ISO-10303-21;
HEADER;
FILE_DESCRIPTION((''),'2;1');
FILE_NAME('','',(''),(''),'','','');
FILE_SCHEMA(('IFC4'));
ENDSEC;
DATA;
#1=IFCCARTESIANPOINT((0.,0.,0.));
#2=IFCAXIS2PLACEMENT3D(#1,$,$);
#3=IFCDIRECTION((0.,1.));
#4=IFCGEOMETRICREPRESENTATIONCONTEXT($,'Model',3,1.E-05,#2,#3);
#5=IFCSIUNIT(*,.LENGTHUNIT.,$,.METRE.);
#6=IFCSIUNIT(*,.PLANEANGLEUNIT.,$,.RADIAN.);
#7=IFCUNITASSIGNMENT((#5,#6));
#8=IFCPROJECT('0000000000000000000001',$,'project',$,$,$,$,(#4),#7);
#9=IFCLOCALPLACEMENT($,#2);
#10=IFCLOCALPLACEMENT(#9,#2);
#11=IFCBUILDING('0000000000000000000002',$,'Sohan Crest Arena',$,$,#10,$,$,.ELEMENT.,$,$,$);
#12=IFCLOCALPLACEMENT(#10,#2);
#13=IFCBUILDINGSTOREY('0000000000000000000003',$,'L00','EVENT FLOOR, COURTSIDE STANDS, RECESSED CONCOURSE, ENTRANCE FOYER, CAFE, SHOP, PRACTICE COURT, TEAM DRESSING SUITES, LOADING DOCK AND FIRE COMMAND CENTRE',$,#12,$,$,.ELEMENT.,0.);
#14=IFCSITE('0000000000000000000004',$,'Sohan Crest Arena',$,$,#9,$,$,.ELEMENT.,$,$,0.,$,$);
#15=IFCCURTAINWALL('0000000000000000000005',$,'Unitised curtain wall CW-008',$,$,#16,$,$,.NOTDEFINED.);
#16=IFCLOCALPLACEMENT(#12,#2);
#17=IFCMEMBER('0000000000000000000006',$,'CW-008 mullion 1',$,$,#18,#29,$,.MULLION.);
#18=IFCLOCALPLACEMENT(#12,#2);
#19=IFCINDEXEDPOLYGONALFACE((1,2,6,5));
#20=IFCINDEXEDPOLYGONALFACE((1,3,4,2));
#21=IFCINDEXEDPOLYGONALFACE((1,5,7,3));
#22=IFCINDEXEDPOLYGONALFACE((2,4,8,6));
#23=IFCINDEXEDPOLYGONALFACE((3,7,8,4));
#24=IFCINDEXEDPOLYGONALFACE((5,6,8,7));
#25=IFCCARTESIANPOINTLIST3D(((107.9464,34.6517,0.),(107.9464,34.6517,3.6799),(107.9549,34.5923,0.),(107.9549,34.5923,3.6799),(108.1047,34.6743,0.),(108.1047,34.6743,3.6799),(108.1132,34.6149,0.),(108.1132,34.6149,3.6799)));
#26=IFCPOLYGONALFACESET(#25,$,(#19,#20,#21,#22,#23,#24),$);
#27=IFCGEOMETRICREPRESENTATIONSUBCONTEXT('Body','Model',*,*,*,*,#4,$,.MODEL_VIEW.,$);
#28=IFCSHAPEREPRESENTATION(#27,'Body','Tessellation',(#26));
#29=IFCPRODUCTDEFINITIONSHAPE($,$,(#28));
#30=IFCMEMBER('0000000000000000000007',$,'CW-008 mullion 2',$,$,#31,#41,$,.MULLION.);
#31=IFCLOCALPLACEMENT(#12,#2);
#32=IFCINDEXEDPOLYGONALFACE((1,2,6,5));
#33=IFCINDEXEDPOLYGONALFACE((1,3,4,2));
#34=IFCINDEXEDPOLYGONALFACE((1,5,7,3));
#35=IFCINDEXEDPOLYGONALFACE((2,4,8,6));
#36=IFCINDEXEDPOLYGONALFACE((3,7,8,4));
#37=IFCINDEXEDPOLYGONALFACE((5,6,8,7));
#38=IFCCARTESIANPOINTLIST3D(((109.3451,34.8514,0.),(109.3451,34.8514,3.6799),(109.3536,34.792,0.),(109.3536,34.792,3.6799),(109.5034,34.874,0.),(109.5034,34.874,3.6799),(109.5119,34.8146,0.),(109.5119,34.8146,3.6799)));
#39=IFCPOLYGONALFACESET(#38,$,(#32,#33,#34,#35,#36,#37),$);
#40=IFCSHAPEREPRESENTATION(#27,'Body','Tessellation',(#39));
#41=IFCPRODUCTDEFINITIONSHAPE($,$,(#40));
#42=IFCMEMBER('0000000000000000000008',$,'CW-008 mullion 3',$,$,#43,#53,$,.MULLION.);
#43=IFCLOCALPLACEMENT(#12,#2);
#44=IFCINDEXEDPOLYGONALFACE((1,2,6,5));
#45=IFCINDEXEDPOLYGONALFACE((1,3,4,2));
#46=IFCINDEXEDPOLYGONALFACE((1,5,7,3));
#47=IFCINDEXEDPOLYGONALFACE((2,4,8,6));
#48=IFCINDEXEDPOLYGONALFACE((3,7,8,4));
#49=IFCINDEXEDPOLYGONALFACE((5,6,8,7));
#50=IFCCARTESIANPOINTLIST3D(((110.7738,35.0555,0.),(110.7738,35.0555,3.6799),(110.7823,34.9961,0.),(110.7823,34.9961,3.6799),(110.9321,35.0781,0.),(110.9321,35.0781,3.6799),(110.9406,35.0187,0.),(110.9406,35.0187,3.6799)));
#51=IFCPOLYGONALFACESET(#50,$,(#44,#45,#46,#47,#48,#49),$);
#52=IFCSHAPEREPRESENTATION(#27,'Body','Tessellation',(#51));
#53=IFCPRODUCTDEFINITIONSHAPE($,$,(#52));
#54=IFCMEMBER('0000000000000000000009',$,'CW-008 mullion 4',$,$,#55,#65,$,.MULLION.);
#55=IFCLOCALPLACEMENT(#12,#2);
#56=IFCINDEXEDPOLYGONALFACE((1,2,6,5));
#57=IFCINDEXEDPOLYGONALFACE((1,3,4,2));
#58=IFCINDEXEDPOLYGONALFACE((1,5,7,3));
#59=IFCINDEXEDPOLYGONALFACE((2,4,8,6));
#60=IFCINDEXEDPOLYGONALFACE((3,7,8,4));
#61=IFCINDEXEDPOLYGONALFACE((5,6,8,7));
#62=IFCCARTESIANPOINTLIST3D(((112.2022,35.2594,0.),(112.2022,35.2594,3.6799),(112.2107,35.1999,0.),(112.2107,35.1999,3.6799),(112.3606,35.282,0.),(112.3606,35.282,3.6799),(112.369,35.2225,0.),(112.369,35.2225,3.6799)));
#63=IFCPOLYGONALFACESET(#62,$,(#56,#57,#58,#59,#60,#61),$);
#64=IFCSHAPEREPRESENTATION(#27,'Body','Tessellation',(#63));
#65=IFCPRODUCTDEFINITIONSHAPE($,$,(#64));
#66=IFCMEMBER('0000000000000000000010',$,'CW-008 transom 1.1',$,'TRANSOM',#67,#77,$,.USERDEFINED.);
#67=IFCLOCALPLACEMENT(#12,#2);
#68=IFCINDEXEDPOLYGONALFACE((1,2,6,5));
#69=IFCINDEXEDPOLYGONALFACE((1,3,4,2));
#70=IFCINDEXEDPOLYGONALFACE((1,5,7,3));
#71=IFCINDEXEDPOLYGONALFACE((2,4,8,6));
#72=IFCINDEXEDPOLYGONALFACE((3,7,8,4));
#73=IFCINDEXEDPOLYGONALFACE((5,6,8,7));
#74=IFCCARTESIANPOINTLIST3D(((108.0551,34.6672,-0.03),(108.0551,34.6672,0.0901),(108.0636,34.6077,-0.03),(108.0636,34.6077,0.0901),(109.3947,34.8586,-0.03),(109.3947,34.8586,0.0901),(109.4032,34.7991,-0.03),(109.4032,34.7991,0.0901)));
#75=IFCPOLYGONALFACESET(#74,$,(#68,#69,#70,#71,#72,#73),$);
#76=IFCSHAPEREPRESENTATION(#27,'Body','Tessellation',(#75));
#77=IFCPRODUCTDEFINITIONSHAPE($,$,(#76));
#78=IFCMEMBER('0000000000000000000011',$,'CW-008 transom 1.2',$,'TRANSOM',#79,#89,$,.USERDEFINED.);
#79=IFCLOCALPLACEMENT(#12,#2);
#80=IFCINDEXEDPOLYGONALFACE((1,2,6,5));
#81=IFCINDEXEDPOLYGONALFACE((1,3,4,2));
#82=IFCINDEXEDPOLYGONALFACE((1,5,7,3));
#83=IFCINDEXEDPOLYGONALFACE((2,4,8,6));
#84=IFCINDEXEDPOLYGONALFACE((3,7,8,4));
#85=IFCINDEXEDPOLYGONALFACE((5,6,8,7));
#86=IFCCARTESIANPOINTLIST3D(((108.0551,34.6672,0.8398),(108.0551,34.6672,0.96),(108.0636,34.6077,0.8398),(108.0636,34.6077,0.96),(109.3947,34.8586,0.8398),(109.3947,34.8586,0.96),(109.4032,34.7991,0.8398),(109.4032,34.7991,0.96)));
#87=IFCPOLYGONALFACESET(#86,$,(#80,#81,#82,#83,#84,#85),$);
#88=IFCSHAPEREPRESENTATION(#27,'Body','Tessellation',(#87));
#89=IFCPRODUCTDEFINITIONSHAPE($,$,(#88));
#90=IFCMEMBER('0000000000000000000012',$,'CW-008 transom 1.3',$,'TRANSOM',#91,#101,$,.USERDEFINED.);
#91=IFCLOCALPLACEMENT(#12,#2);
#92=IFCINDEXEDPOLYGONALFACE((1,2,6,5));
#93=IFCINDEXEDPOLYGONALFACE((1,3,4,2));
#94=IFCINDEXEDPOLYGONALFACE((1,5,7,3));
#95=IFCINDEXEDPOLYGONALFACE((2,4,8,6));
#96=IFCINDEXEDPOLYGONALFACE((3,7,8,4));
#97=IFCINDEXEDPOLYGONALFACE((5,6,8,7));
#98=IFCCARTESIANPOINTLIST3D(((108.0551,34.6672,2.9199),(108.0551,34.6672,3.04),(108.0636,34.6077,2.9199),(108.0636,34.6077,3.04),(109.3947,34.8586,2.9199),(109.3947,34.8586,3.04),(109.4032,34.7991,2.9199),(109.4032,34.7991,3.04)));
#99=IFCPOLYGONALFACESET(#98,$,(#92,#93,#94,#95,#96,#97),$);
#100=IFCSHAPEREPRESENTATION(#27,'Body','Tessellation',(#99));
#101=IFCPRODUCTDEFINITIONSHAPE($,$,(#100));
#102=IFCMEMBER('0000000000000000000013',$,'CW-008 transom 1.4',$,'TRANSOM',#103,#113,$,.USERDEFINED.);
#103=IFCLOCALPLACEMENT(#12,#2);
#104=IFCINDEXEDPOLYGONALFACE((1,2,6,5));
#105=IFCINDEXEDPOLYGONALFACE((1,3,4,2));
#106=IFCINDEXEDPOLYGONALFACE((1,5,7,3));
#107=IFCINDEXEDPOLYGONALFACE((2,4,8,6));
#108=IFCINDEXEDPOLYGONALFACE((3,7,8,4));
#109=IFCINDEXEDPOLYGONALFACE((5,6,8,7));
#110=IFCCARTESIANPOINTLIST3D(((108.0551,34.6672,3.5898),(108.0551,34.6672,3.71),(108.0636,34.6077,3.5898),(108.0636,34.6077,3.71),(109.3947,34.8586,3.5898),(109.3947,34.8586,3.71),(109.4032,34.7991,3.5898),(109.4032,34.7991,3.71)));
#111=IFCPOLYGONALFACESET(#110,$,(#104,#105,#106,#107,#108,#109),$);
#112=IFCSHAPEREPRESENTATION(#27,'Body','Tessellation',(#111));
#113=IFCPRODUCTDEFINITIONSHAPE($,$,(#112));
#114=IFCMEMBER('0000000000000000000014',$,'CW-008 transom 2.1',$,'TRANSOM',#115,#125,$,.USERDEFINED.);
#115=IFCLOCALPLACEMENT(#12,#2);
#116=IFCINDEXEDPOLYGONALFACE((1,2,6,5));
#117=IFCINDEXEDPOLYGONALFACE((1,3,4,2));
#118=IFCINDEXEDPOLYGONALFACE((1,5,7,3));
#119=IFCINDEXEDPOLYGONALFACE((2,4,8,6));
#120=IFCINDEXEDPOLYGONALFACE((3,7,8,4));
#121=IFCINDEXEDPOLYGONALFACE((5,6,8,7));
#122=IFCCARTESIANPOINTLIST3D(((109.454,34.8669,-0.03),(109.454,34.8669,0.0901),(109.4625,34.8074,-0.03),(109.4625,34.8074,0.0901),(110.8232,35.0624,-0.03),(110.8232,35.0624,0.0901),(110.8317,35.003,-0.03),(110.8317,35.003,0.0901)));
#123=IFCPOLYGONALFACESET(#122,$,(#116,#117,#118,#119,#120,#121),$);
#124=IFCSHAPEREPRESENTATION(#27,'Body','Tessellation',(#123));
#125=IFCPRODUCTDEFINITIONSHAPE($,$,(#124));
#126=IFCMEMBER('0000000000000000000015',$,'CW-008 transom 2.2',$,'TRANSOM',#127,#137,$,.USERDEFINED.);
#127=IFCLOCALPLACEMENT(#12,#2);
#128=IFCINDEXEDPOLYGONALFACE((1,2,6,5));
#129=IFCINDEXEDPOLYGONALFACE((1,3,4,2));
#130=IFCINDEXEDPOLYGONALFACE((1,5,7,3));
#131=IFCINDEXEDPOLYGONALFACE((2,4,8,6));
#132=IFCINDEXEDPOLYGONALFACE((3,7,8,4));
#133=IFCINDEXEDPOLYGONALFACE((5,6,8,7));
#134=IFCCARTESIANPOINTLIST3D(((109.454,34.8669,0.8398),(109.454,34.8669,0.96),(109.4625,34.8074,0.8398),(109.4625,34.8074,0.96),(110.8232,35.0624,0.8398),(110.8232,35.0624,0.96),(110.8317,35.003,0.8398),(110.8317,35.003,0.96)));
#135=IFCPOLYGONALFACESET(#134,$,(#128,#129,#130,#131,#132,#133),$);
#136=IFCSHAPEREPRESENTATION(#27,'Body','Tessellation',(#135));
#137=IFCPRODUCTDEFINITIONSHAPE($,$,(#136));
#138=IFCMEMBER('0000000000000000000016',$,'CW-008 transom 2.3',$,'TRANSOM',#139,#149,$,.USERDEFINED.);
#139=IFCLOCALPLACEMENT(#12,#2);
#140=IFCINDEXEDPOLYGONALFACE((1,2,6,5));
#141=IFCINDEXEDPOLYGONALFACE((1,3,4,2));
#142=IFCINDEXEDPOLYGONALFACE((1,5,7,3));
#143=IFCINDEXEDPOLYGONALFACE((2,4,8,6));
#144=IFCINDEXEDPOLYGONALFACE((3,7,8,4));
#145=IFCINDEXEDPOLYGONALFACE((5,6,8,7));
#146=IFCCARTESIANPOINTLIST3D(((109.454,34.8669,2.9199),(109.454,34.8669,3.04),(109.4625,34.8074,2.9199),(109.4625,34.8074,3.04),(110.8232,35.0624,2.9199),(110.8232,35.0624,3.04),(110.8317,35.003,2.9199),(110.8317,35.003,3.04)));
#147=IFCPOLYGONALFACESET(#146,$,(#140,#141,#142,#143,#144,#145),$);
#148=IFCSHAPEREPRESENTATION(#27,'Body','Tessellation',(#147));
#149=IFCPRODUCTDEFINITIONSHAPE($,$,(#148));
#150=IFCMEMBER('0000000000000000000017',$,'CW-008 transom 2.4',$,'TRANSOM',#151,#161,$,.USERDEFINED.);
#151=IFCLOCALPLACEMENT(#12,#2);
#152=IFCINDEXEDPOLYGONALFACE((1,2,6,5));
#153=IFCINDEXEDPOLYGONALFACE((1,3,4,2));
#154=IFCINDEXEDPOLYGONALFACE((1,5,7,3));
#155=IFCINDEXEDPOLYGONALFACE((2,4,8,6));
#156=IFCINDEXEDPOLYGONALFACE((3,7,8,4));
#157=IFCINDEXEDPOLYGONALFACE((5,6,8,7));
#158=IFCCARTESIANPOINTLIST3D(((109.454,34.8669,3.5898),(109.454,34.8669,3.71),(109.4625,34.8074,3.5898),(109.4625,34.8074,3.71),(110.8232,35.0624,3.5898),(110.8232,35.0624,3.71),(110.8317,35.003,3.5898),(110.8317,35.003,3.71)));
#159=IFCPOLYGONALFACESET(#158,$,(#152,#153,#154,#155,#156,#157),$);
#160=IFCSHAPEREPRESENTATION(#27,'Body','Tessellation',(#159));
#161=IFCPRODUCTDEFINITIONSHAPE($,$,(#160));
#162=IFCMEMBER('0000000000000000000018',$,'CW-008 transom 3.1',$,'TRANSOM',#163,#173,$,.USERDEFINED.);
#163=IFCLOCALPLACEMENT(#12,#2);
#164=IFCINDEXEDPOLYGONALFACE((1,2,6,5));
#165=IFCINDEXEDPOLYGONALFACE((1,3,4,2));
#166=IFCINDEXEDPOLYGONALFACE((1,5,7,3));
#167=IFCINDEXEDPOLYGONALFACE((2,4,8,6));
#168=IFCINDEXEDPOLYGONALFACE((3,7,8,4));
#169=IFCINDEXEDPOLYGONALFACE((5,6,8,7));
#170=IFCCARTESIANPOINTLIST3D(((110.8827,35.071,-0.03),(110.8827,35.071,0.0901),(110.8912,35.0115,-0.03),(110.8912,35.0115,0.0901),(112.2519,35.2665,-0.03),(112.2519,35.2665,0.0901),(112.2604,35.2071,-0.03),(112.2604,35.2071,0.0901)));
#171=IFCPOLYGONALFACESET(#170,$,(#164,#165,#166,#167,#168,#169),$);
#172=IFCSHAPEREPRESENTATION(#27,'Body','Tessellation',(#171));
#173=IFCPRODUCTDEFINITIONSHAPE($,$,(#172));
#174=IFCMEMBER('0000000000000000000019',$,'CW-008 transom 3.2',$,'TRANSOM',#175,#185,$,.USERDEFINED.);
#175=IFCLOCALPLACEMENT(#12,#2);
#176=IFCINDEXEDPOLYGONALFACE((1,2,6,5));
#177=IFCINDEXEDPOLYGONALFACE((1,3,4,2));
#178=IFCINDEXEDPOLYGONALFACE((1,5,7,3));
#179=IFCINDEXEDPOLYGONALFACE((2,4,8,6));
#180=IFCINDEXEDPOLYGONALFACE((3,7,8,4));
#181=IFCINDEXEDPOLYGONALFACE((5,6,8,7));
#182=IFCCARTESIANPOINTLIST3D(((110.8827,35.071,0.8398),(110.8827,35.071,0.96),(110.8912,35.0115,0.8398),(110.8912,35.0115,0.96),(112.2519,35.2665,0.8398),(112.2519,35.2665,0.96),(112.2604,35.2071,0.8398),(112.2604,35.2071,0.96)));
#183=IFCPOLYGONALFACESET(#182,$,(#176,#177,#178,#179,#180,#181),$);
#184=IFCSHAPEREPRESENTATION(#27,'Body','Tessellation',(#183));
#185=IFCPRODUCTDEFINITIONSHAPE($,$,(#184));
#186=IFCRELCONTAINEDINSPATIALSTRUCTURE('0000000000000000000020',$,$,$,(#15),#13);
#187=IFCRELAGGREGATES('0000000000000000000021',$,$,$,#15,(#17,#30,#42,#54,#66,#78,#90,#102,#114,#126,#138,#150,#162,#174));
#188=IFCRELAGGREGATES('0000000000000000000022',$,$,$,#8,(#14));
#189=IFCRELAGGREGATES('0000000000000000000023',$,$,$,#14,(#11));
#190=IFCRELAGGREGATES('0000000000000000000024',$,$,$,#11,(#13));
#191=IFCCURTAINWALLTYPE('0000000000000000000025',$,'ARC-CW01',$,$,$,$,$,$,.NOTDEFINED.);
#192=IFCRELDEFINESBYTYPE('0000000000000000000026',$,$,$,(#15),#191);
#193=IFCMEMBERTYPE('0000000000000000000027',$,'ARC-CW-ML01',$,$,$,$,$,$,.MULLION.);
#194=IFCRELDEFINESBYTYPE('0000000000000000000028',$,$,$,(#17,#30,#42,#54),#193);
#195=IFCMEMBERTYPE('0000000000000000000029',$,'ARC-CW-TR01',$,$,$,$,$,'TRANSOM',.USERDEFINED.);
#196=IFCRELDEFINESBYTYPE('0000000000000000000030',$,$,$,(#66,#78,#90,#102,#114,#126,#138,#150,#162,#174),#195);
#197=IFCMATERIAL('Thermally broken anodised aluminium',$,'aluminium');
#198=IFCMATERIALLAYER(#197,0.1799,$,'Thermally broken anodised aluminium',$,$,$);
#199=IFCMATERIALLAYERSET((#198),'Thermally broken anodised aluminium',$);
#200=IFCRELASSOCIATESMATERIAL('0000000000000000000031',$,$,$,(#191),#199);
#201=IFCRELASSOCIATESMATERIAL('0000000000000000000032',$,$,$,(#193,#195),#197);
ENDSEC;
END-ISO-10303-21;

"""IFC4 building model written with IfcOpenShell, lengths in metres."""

from ifc_helpers import new_model, si_unit, direction, frame, origin, origin_2d, place, context, subcontext, project, spatial, rectangle, extrude, material, layer, layer_set, material_profile, profile_set, type_object, element, aggregate, save


model = new_model("IFC4")

# Units and contexts
model_context = context("Model", 3, precision=1e-05, world=origin(), true_north=direction((0.0, 1.0)))
body_context = subcontext(model_context, "Body", "Model", "MODEL_VIEW")
ifc_project = project(units=[si_unit("LENGTHUNIT", "METRE"), si_unit("PLANEANGLEUNIT", "RADIAN")], contexts=[model_context])

# Site, building, storey
site_placement = place(None, origin())
site = spatial("IfcSite", under=ifc_project, at=site_placement, Name="Sohan Crest Arena", CompositionType="ELEMENT", RefElevation=0.0)
building_placement = place(site_placement, origin())
building = spatial("IfcBuilding", under=site, at=building_placement, Name="Sohan Crest Arena", CompositionType="ELEMENT")
storey_placement = place(building_placement, origin())
storey = spatial("IfcBuildingStorey", under=building, at=storey_placement, Name="L00", Description="EVENT FLOOR, COURTSIDE STANDS, RECESSED CONCOURSE, ENTRANCE FOYER, CAFE, SHOP, PRACTICE COURT, TEAM DRESSING SUITES, LOADING DOCK AND FIRE COMMAND CENTRE", CompositionType="ELEMENT", Elevation=0.0)

# Curtain wall, members
ifc_material_1 = material(Name="Thermally broken anodised aluminium", Category="aluminium")
ifc_layer_1 = layer(ifc_material_1, 0.1799, Name="Thermally broken anodised aluminium")
ifc_layer_set_1 = layer_set([ifc_layer_1], Name="Thermally broken anodised aluminium")
curtain_wall_type = type_object("IfcCurtainWallType", Name="ARC-CW01", PredefinedType="NOTDEFINED", material=ifc_layer_set_1)
curtain_wall_placement = place(storey_placement, origin())
curtain_wall = element("IfcCurtainWall", 1, at=curtain_wall_placement, inside=storey, type_object=curtain_wall_type, Name="Unitised curtain wall CW-008", PredefinedType="NOTDEFINED")
ifc_material_profile_1 = material_profile(ifc_material_1, rectangle(XDim=0.0601, YDim=0.1599, at=origin_2d()), Name="ALU-MULL 60x160")
ifc_profile_set_1 = profile_set([ifc_material_profile_1], Name="Thermally broken anodised aluminium")
member_type_1 = type_object("IfcMemberType", Name="ARC-CW-ML01", PredefinedType="MULLION", material=ifc_profile_set_1)
member_1_placement = place(storey_placement, frame((108.0298, 34.6333, 0.0), z_axis=(0.0, 0.0, 1.0), x_axis=(-0.141366, 0.989957, 0.0)))
member_1 = element("IfcMember", 2, at=member_1_placement, type_object=member_type_1, Name="CW-008 mullion 1", PredefinedType="MULLION", context=body_context, shape_type="SweptSolid", body=[
    extrude(rectangle(XDim=0.0601, YDim=0.1599, at=origin_2d()), origin(), (0.0, 0.0, 1.0), 3.6799),
])
member_2_placement = place(storey_placement, frame((109.4285, 34.833, 0.0), z_axis=(0.0, 0.0, 1.0), x_axis=(-0.141366, 0.989957, 0.0)))
member_2 = element("IfcMember", 3, at=member_2_placement, type_object=member_type_1, Name="CW-008 mullion 2", PredefinedType="MULLION", context=body_context, shape_type="SweptSolid", body=[
    extrude(rectangle(XDim=0.0601, YDim=0.1599, at=origin_2d()), origin(), (0.0, 0.0, 1.0), 3.6799),
])
member_3_placement = place(storey_placement, frame((110.8572, 35.0371, 0.0), z_axis=(0.0, 0.0, 1.0), x_axis=(-0.141366, 0.989957, 0.0)))
member_3 = element("IfcMember", 4, at=member_3_placement, type_object=member_type_1, Name="CW-008 mullion 3", PredefinedType="MULLION", context=body_context, shape_type="SweptSolid", body=[
    extrude(rectangle(XDim=0.0601, YDim=0.1599, at=origin_2d()), origin(), (0.0, 0.0, 1.0), 3.6799),
])
member_4_placement = place(storey_placement, frame((112.2856, 35.241, 0.0), z_axis=(0.0, 0.0, 1.0), x_axis=(-0.141366, 0.989957, 0.0)))
member_4 = element("IfcMember", 5, at=member_4_placement, type_object=member_type_1, Name="CW-008 mullion 4", PredefinedType="MULLION", context=body_context, shape_type="SweptSolid", body=[
    extrude(rectangle(XDim=0.0601, YDim=0.1599, at=origin_2d()), origin(), (0.0, 0.0, 1.0), 3.6799),
])
ifc_material_profile_2 = material_profile(ifc_material_1, rectangle(XDim=0.0601, YDim=0.1201, at=origin_2d()), Name="ALU-TRAN 60x120")
ifc_profile_set_2 = profile_set([ifc_material_profile_2], Name="Thermally broken anodised aluminium")
member_type_2 = type_object("IfcMemberType", Name="ARC-CW-TR01", ElementType="TRANSOM", PredefinedType="USERDEFINED", material=ifc_profile_set_2)
member_5_placement = place(storey_placement, frame((108.0593, 34.6375, 0.03), z_axis=(0.989946, 0.141447, 0.0), x_axis=(-0.141447, 0.989946, 0.0)))
member_5 = element("IfcMember", 6, at=member_5_placement, type_object=member_type_2, Name="CW-008 transom 1.1", ObjectType="TRANSOM", PredefinedType="USERDEFINED", context=body_context, shape_type="SweptSolid", body=[
    extrude(rectangle(XDim=0.0601, YDim=0.1201, at=origin_2d()), origin(), (0.0, 0.0, 1.0), 1.3533),
])
member_6_placement = place(storey_placement, frame((108.0593, 34.6375, 0.8999), z_axis=(0.989946, 0.141447, 0.0), x_axis=(-0.141447, 0.989946, 0.0)))
member_6 = element("IfcMember", 7, at=member_6_placement, type_object=member_type_2, Name="CW-008 transom 1.2", ObjectType="TRANSOM", PredefinedType="USERDEFINED", context=body_context, shape_type="SweptSolid", body=[
    extrude(rectangle(XDim=0.0601, YDim=0.1201, at=origin_2d()), origin(), (0.0, 0.0, 1.0), 1.3533),
])
member_7_placement = place(storey_placement, frame((108.0593, 34.6375, 2.98), z_axis=(0.989946, 0.141447, 0.0), x_axis=(-0.141447, 0.989946, 0.0)))
member_7 = element("IfcMember", 8, at=member_7_placement, type_object=member_type_2, Name="CW-008 transom 1.3", ObjectType="TRANSOM", PredefinedType="USERDEFINED", context=body_context, shape_type="SweptSolid", body=[
    extrude(rectangle(XDim=0.0601, YDim=0.1201, at=origin_2d()), origin(), (0.0, 0.0, 1.0), 1.3533),
])
member_8_placement = place(storey_placement, frame((108.0593, 34.6375, 3.6499), z_axis=(0.989946, 0.141447, 0.0), x_axis=(-0.141447, 0.989946, 0.0)))
member_8 = element("IfcMember", 9, at=member_8_placement, type_object=member_type_2, Name="CW-008 transom 1.4", ObjectType="TRANSOM", PredefinedType="USERDEFINED", context=body_context, shape_type="SweptSolid", body=[
    extrude(rectangle(XDim=0.0601, YDim=0.1201, at=origin_2d()), origin(), (0.0, 0.0, 1.0), 1.3533),
])
member_9_placement = place(storey_placement, frame((109.4583, 34.8372, 0.03), z_axis=(0.989953, 0.141397, 0.0), x_axis=(-0.141397, 0.989953, 0.0)))
member_9 = element("IfcMember", 10, at=member_9_placement, type_object=member_type_2, Name="CW-008 transom 2.1", ObjectType="TRANSOM", PredefinedType="USERDEFINED", context=body_context, shape_type="SweptSolid", body=[
    extrude(rectangle(XDim=0.0601, YDim=0.1201, at=origin_2d()), origin(), (0.0, 0.0, 1.0), 1.3831),
])
member_10_placement = place(storey_placement, frame((109.4583, 34.8372, 0.8999), z_axis=(0.989953, 0.141397, 0.0), x_axis=(-0.141397, 0.989953, 0.0)))
member_10 = element("IfcMember", 11, at=member_10_placement, type_object=member_type_2, Name="CW-008 transom 2.2", ObjectType="TRANSOM", PredefinedType="USERDEFINED", context=body_context, shape_type="SweptSolid", body=[
    extrude(rectangle(XDim=0.0601, YDim=0.1201, at=origin_2d()), origin(), (0.0, 0.0, 1.0), 1.3831),
])
member_11_placement = place(storey_placement, frame((109.4583, 34.8372, 2.98), z_axis=(0.989953, 0.141397, 0.0), x_axis=(-0.141397, 0.989953, 0.0)))
member_11 = element("IfcMember", 12, at=member_11_placement, type_object=member_type_2, Name="CW-008 transom 2.3", ObjectType="TRANSOM", PredefinedType="USERDEFINED", context=body_context, shape_type="SweptSolid", body=[
    extrude(rectangle(XDim=0.0601, YDim=0.1201, at=origin_2d()), origin(), (0.0, 0.0, 1.0), 1.3831),
])
member_12_placement = place(storey_placement, frame((109.4583, 34.8372, 3.6499), z_axis=(0.989953, 0.141397, 0.0), x_axis=(-0.141397, 0.989953, 0.0)))
member_12 = element("IfcMember", 13, at=member_12_placement, type_object=member_type_2, Name="CW-008 transom 2.4", ObjectType="TRANSOM", PredefinedType="USERDEFINED", context=body_context, shape_type="SweptSolid", body=[
    extrude(rectangle(XDim=0.0601, YDim=0.1201, at=origin_2d()), origin(), (0.0, 0.0, 1.0), 1.3831),
])
member_13_placement = place(storey_placement, frame((110.887, 35.0413, 0.03), z_axis=(0.989953, 0.141397, 0.0), x_axis=(-0.141397, 0.989953, 0.0)))
member_13 = element("IfcMember", 14, at=member_13_placement, type_object=member_type_2, Name="CW-008 transom 3.1", ObjectType="TRANSOM", PredefinedType="USERDEFINED", context=body_context, shape_type="SweptSolid", body=[
    extrude(rectangle(XDim=0.0601, YDim=0.1201, at=origin_2d()), origin(), (0.0, 0.0, 1.0), 1.3831),
])
member_14_placement = place(storey_placement, frame((110.887, 35.0413, 0.8999), z_axis=(0.989953, 0.141397, 0.0), x_axis=(-0.141397, 0.989953, 0.0)))
member_14 = element("IfcMember", 15, at=member_14_placement, type_object=member_type_2, Name="CW-008 transom 3.2", ObjectType="TRANSOM", PredefinedType="USERDEFINED", context=body_context, shape_type="SweptSolid", body=[
    extrude(rectangle(XDim=0.0601, YDim=0.1201, at=origin_2d()), origin(), (0.0, 0.0, 1.0), 1.3831),
])

aggregate(curtain_wall, [member_1, member_2, member_3, member_4, member_5, member_6, member_7, member_8, member_9, member_10, member_11, member_12, member_13, member_14])

save(model, "model.ifc")
